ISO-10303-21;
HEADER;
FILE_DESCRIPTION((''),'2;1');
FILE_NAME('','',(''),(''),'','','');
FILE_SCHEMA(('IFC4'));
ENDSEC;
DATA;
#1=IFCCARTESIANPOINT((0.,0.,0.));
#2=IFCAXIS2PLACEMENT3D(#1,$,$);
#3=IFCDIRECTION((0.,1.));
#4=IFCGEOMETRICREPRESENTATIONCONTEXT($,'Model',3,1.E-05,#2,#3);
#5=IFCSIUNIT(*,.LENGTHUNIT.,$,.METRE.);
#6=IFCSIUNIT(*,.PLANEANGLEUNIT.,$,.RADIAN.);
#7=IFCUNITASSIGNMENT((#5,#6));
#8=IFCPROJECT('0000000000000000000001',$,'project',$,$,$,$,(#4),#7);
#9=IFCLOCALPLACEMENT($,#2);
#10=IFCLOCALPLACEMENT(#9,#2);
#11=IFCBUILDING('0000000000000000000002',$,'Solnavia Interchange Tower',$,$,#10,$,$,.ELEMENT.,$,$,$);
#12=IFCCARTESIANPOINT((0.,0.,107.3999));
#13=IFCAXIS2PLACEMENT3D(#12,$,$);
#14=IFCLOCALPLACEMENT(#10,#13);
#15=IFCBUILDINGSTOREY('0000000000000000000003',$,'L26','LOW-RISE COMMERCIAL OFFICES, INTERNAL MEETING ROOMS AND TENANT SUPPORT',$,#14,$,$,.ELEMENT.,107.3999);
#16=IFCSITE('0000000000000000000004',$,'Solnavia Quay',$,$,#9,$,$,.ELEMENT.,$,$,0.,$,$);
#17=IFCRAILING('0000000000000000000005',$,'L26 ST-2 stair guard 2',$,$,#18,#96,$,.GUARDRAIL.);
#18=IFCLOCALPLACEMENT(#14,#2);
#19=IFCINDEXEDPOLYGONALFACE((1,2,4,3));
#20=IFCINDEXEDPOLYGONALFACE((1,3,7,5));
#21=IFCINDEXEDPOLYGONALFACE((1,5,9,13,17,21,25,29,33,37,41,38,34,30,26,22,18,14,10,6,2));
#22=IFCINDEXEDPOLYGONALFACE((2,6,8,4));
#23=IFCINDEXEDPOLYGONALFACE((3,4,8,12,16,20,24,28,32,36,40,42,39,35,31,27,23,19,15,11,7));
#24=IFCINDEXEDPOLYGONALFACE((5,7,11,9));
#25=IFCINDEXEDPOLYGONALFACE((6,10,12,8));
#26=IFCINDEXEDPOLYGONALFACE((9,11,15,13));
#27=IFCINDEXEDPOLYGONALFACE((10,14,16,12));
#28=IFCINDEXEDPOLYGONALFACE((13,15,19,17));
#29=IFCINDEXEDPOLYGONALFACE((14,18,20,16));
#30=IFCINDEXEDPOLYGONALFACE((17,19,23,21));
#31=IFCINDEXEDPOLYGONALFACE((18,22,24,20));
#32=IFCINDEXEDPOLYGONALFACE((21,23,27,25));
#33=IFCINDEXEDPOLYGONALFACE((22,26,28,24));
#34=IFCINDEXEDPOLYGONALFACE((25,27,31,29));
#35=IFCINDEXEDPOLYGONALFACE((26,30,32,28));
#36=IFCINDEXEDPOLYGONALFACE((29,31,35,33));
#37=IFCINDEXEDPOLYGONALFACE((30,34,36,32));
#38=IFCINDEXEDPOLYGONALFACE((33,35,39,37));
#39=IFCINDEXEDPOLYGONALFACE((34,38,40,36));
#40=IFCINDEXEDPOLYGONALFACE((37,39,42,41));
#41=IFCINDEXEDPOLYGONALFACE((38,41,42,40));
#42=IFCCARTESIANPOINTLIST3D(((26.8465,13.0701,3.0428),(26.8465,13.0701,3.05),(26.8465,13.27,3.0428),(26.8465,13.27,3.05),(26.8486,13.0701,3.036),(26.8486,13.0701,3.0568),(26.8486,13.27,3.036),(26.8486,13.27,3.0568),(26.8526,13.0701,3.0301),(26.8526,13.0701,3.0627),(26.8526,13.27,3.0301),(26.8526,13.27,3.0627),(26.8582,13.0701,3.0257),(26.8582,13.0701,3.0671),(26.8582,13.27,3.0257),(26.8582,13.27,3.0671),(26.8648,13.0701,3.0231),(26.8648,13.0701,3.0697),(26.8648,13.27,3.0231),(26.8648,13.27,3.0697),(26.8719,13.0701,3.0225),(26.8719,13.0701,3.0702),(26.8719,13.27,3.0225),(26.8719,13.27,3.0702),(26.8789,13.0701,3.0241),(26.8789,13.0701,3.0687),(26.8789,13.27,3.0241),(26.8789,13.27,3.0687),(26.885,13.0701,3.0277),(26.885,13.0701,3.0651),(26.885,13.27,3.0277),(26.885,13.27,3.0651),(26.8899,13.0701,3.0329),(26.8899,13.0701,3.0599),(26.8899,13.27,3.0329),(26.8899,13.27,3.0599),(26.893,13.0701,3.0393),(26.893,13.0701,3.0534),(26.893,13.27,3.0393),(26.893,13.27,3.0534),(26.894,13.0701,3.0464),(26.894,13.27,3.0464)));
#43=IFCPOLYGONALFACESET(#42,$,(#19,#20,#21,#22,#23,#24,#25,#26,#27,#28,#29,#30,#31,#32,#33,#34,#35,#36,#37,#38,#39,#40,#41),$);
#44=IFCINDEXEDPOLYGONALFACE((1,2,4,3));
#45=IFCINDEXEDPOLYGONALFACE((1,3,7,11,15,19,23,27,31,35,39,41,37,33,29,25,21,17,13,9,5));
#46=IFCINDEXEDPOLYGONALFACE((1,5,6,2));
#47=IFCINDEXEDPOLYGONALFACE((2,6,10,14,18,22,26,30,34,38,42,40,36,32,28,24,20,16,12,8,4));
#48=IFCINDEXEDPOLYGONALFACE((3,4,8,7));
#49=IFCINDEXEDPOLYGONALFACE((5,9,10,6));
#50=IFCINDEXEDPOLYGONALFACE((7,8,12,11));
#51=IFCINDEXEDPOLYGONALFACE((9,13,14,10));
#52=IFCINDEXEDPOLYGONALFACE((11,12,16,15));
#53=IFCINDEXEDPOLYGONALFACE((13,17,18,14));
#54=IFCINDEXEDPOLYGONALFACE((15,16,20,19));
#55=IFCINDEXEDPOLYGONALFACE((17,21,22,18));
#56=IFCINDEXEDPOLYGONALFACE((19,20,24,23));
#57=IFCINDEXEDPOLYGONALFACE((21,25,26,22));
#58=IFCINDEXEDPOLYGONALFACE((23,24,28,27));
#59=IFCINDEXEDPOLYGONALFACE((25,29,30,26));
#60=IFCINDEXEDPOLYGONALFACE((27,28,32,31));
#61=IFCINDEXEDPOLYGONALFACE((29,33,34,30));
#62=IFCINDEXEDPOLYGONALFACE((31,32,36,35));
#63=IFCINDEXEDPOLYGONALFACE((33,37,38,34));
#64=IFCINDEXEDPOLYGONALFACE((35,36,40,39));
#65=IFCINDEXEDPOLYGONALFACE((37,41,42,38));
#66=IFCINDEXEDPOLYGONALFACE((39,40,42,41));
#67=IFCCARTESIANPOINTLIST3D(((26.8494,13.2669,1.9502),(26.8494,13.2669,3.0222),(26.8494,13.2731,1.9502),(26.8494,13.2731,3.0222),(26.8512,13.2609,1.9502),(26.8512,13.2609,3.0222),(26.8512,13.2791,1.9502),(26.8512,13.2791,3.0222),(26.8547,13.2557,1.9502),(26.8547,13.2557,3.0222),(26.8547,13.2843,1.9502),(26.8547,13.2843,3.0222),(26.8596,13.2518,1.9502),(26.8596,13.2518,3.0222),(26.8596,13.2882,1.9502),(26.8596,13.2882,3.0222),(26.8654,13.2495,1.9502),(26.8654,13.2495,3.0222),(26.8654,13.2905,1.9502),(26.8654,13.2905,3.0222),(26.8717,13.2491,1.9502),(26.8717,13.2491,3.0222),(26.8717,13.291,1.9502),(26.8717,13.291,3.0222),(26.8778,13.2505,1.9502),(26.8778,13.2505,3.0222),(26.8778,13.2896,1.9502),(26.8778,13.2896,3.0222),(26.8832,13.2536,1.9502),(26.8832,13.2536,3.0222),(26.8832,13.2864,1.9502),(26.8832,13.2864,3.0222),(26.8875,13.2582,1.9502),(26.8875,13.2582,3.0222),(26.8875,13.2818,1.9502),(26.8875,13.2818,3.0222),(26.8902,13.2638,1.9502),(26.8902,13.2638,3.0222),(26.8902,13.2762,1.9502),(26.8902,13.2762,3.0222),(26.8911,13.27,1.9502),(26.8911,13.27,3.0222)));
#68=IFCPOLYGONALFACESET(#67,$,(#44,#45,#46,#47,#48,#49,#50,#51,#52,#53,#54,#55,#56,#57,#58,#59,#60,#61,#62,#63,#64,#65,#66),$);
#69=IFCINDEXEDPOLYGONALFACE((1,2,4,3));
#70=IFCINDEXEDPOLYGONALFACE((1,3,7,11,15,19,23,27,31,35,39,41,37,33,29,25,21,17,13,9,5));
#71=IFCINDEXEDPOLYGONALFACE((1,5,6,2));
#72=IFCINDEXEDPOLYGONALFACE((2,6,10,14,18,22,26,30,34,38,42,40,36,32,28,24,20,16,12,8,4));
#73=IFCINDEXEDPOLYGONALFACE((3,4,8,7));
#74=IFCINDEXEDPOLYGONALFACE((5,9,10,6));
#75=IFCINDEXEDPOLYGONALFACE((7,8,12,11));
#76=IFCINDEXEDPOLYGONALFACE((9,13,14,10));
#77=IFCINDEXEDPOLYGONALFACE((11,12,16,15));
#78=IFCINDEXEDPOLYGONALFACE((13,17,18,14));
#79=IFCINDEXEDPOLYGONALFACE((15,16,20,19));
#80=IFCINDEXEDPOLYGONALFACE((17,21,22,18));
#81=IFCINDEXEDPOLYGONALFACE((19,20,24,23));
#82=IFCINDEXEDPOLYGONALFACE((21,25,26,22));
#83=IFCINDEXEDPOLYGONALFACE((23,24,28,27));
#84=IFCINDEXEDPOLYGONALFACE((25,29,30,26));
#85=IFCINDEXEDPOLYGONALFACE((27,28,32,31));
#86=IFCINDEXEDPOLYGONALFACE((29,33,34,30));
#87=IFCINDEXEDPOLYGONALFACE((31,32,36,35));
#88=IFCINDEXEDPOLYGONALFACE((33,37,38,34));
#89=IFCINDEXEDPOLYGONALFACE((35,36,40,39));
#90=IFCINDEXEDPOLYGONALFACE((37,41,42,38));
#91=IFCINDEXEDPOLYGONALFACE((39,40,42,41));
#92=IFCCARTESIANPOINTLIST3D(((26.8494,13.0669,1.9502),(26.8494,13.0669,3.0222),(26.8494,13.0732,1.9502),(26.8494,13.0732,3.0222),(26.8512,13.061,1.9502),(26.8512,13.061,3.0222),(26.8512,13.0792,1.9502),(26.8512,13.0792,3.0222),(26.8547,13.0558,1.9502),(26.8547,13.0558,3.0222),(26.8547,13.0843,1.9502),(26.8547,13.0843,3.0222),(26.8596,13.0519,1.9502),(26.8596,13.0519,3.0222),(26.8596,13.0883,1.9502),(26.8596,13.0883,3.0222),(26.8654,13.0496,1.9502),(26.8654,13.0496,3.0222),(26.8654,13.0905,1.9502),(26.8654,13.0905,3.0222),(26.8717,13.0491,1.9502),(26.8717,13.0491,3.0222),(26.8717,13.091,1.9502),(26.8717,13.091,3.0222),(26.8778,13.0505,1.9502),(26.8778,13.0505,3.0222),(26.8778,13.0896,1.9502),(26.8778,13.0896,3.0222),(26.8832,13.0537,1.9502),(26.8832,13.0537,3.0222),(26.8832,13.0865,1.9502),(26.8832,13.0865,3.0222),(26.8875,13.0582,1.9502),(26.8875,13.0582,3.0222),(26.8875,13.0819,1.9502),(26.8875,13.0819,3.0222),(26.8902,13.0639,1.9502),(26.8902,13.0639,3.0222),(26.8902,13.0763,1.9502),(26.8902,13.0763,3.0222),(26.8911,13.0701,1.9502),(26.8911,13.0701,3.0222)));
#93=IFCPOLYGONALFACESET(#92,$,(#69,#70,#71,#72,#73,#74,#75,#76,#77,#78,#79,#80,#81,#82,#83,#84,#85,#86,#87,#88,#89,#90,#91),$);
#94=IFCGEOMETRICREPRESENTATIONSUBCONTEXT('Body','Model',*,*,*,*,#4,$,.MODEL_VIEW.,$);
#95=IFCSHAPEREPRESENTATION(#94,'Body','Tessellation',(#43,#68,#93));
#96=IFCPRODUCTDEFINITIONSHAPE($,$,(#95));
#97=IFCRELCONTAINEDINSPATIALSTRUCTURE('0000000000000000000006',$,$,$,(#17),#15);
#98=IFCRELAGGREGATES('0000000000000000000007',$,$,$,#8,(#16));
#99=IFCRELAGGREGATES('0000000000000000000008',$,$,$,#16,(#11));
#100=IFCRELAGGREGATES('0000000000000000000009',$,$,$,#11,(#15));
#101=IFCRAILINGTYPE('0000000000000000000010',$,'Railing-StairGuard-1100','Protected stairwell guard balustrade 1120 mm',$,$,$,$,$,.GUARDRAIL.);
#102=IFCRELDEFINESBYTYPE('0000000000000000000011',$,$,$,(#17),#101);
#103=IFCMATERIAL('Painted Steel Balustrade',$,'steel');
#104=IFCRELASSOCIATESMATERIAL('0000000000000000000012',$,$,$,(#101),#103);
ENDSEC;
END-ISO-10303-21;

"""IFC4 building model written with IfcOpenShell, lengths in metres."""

from ifc_helpers import new_model, si_unit, direction, frame, origin, origin_2d, place, context, subcontext, project, spatial, circle, extrude, material, type_object, element, save


model = new_model("IFC4")

# Units and contexts
model_context = context("Model", 3, precision=1e-05, world=origin(), true_north=direction((0.0, 1.0)))
body_context = subcontext(model_context, "Body", "Model", "MODEL_VIEW")
ifc_project = project(units=[si_unit("LENGTHUNIT", "METRE"), si_unit("PLANEANGLEUNIT", "RADIAN")], contexts=[model_context])

# Site, building, storey
site_placement = place(None, origin())
site = spatial("IfcSite", under=ifc_project, at=site_placement, Name="Solnavia Quay", CompositionType="ELEMENT", RefElevation=0.0)
building_placement = place(site_placement, origin())
building = spatial("IfcBuilding", under=site, at=building_placement, Name="Solnavia Interchange Tower", CompositionType="ELEMENT")
storey_placement = place(building_placement, frame((0.0, 0.0, 107.3999)))
storey = spatial("IfcBuildingStorey", under=building, at=storey_placement, Name="L26", Description="LOW-RISE COMMERCIAL OFFICES, INTERNAL MEETING ROOMS AND TENANT SUPPORT", CompositionType="ELEMENT", Elevation=107.3999)

# Railing
ifc_material_1 = material(Name="Painted Steel Balustrade", Category="steel")
railing_type_1 = type_object("IfcRailingType", Name="Railing-StairGuard-1100", Description="Protected stairwell guard balustrade 1120 mm", PredefinedType="GUARDRAIL", material=ifc_material_1)
railing_1_placement = place(storey_placement, frame((26.8701, 13.27, 1.9502)))
element("IfcRailing", 1, at=railing_1_placement, inside=storey, type_object=railing_type_1, Name="L26 ST-2 stair guard 2", PredefinedType="GUARDRAIL", context=body_context, shape_type="SweptSolid", body=[
    extrude(circle(Radius=0.0239, at=origin_2d()), frame((0.0, 0.0, 1.0962), z_axis=(0.0, -1.0, 0.0), x_axis=(1.0, 0.0, 0.0)), (0.0, 0.0, 1.0), 0.2),
    extrude(circle(Radius=0.021, at=origin_2d()), origin(), (0.0, 0.0, 1.0), 1.072),
    extrude(circle(Radius=0.021, at=origin_2d()), frame((0.0, -0.2, 0.0)), (0.0, 0.0, 1.0), 1.072),
])

save(model, "model.ifc")
